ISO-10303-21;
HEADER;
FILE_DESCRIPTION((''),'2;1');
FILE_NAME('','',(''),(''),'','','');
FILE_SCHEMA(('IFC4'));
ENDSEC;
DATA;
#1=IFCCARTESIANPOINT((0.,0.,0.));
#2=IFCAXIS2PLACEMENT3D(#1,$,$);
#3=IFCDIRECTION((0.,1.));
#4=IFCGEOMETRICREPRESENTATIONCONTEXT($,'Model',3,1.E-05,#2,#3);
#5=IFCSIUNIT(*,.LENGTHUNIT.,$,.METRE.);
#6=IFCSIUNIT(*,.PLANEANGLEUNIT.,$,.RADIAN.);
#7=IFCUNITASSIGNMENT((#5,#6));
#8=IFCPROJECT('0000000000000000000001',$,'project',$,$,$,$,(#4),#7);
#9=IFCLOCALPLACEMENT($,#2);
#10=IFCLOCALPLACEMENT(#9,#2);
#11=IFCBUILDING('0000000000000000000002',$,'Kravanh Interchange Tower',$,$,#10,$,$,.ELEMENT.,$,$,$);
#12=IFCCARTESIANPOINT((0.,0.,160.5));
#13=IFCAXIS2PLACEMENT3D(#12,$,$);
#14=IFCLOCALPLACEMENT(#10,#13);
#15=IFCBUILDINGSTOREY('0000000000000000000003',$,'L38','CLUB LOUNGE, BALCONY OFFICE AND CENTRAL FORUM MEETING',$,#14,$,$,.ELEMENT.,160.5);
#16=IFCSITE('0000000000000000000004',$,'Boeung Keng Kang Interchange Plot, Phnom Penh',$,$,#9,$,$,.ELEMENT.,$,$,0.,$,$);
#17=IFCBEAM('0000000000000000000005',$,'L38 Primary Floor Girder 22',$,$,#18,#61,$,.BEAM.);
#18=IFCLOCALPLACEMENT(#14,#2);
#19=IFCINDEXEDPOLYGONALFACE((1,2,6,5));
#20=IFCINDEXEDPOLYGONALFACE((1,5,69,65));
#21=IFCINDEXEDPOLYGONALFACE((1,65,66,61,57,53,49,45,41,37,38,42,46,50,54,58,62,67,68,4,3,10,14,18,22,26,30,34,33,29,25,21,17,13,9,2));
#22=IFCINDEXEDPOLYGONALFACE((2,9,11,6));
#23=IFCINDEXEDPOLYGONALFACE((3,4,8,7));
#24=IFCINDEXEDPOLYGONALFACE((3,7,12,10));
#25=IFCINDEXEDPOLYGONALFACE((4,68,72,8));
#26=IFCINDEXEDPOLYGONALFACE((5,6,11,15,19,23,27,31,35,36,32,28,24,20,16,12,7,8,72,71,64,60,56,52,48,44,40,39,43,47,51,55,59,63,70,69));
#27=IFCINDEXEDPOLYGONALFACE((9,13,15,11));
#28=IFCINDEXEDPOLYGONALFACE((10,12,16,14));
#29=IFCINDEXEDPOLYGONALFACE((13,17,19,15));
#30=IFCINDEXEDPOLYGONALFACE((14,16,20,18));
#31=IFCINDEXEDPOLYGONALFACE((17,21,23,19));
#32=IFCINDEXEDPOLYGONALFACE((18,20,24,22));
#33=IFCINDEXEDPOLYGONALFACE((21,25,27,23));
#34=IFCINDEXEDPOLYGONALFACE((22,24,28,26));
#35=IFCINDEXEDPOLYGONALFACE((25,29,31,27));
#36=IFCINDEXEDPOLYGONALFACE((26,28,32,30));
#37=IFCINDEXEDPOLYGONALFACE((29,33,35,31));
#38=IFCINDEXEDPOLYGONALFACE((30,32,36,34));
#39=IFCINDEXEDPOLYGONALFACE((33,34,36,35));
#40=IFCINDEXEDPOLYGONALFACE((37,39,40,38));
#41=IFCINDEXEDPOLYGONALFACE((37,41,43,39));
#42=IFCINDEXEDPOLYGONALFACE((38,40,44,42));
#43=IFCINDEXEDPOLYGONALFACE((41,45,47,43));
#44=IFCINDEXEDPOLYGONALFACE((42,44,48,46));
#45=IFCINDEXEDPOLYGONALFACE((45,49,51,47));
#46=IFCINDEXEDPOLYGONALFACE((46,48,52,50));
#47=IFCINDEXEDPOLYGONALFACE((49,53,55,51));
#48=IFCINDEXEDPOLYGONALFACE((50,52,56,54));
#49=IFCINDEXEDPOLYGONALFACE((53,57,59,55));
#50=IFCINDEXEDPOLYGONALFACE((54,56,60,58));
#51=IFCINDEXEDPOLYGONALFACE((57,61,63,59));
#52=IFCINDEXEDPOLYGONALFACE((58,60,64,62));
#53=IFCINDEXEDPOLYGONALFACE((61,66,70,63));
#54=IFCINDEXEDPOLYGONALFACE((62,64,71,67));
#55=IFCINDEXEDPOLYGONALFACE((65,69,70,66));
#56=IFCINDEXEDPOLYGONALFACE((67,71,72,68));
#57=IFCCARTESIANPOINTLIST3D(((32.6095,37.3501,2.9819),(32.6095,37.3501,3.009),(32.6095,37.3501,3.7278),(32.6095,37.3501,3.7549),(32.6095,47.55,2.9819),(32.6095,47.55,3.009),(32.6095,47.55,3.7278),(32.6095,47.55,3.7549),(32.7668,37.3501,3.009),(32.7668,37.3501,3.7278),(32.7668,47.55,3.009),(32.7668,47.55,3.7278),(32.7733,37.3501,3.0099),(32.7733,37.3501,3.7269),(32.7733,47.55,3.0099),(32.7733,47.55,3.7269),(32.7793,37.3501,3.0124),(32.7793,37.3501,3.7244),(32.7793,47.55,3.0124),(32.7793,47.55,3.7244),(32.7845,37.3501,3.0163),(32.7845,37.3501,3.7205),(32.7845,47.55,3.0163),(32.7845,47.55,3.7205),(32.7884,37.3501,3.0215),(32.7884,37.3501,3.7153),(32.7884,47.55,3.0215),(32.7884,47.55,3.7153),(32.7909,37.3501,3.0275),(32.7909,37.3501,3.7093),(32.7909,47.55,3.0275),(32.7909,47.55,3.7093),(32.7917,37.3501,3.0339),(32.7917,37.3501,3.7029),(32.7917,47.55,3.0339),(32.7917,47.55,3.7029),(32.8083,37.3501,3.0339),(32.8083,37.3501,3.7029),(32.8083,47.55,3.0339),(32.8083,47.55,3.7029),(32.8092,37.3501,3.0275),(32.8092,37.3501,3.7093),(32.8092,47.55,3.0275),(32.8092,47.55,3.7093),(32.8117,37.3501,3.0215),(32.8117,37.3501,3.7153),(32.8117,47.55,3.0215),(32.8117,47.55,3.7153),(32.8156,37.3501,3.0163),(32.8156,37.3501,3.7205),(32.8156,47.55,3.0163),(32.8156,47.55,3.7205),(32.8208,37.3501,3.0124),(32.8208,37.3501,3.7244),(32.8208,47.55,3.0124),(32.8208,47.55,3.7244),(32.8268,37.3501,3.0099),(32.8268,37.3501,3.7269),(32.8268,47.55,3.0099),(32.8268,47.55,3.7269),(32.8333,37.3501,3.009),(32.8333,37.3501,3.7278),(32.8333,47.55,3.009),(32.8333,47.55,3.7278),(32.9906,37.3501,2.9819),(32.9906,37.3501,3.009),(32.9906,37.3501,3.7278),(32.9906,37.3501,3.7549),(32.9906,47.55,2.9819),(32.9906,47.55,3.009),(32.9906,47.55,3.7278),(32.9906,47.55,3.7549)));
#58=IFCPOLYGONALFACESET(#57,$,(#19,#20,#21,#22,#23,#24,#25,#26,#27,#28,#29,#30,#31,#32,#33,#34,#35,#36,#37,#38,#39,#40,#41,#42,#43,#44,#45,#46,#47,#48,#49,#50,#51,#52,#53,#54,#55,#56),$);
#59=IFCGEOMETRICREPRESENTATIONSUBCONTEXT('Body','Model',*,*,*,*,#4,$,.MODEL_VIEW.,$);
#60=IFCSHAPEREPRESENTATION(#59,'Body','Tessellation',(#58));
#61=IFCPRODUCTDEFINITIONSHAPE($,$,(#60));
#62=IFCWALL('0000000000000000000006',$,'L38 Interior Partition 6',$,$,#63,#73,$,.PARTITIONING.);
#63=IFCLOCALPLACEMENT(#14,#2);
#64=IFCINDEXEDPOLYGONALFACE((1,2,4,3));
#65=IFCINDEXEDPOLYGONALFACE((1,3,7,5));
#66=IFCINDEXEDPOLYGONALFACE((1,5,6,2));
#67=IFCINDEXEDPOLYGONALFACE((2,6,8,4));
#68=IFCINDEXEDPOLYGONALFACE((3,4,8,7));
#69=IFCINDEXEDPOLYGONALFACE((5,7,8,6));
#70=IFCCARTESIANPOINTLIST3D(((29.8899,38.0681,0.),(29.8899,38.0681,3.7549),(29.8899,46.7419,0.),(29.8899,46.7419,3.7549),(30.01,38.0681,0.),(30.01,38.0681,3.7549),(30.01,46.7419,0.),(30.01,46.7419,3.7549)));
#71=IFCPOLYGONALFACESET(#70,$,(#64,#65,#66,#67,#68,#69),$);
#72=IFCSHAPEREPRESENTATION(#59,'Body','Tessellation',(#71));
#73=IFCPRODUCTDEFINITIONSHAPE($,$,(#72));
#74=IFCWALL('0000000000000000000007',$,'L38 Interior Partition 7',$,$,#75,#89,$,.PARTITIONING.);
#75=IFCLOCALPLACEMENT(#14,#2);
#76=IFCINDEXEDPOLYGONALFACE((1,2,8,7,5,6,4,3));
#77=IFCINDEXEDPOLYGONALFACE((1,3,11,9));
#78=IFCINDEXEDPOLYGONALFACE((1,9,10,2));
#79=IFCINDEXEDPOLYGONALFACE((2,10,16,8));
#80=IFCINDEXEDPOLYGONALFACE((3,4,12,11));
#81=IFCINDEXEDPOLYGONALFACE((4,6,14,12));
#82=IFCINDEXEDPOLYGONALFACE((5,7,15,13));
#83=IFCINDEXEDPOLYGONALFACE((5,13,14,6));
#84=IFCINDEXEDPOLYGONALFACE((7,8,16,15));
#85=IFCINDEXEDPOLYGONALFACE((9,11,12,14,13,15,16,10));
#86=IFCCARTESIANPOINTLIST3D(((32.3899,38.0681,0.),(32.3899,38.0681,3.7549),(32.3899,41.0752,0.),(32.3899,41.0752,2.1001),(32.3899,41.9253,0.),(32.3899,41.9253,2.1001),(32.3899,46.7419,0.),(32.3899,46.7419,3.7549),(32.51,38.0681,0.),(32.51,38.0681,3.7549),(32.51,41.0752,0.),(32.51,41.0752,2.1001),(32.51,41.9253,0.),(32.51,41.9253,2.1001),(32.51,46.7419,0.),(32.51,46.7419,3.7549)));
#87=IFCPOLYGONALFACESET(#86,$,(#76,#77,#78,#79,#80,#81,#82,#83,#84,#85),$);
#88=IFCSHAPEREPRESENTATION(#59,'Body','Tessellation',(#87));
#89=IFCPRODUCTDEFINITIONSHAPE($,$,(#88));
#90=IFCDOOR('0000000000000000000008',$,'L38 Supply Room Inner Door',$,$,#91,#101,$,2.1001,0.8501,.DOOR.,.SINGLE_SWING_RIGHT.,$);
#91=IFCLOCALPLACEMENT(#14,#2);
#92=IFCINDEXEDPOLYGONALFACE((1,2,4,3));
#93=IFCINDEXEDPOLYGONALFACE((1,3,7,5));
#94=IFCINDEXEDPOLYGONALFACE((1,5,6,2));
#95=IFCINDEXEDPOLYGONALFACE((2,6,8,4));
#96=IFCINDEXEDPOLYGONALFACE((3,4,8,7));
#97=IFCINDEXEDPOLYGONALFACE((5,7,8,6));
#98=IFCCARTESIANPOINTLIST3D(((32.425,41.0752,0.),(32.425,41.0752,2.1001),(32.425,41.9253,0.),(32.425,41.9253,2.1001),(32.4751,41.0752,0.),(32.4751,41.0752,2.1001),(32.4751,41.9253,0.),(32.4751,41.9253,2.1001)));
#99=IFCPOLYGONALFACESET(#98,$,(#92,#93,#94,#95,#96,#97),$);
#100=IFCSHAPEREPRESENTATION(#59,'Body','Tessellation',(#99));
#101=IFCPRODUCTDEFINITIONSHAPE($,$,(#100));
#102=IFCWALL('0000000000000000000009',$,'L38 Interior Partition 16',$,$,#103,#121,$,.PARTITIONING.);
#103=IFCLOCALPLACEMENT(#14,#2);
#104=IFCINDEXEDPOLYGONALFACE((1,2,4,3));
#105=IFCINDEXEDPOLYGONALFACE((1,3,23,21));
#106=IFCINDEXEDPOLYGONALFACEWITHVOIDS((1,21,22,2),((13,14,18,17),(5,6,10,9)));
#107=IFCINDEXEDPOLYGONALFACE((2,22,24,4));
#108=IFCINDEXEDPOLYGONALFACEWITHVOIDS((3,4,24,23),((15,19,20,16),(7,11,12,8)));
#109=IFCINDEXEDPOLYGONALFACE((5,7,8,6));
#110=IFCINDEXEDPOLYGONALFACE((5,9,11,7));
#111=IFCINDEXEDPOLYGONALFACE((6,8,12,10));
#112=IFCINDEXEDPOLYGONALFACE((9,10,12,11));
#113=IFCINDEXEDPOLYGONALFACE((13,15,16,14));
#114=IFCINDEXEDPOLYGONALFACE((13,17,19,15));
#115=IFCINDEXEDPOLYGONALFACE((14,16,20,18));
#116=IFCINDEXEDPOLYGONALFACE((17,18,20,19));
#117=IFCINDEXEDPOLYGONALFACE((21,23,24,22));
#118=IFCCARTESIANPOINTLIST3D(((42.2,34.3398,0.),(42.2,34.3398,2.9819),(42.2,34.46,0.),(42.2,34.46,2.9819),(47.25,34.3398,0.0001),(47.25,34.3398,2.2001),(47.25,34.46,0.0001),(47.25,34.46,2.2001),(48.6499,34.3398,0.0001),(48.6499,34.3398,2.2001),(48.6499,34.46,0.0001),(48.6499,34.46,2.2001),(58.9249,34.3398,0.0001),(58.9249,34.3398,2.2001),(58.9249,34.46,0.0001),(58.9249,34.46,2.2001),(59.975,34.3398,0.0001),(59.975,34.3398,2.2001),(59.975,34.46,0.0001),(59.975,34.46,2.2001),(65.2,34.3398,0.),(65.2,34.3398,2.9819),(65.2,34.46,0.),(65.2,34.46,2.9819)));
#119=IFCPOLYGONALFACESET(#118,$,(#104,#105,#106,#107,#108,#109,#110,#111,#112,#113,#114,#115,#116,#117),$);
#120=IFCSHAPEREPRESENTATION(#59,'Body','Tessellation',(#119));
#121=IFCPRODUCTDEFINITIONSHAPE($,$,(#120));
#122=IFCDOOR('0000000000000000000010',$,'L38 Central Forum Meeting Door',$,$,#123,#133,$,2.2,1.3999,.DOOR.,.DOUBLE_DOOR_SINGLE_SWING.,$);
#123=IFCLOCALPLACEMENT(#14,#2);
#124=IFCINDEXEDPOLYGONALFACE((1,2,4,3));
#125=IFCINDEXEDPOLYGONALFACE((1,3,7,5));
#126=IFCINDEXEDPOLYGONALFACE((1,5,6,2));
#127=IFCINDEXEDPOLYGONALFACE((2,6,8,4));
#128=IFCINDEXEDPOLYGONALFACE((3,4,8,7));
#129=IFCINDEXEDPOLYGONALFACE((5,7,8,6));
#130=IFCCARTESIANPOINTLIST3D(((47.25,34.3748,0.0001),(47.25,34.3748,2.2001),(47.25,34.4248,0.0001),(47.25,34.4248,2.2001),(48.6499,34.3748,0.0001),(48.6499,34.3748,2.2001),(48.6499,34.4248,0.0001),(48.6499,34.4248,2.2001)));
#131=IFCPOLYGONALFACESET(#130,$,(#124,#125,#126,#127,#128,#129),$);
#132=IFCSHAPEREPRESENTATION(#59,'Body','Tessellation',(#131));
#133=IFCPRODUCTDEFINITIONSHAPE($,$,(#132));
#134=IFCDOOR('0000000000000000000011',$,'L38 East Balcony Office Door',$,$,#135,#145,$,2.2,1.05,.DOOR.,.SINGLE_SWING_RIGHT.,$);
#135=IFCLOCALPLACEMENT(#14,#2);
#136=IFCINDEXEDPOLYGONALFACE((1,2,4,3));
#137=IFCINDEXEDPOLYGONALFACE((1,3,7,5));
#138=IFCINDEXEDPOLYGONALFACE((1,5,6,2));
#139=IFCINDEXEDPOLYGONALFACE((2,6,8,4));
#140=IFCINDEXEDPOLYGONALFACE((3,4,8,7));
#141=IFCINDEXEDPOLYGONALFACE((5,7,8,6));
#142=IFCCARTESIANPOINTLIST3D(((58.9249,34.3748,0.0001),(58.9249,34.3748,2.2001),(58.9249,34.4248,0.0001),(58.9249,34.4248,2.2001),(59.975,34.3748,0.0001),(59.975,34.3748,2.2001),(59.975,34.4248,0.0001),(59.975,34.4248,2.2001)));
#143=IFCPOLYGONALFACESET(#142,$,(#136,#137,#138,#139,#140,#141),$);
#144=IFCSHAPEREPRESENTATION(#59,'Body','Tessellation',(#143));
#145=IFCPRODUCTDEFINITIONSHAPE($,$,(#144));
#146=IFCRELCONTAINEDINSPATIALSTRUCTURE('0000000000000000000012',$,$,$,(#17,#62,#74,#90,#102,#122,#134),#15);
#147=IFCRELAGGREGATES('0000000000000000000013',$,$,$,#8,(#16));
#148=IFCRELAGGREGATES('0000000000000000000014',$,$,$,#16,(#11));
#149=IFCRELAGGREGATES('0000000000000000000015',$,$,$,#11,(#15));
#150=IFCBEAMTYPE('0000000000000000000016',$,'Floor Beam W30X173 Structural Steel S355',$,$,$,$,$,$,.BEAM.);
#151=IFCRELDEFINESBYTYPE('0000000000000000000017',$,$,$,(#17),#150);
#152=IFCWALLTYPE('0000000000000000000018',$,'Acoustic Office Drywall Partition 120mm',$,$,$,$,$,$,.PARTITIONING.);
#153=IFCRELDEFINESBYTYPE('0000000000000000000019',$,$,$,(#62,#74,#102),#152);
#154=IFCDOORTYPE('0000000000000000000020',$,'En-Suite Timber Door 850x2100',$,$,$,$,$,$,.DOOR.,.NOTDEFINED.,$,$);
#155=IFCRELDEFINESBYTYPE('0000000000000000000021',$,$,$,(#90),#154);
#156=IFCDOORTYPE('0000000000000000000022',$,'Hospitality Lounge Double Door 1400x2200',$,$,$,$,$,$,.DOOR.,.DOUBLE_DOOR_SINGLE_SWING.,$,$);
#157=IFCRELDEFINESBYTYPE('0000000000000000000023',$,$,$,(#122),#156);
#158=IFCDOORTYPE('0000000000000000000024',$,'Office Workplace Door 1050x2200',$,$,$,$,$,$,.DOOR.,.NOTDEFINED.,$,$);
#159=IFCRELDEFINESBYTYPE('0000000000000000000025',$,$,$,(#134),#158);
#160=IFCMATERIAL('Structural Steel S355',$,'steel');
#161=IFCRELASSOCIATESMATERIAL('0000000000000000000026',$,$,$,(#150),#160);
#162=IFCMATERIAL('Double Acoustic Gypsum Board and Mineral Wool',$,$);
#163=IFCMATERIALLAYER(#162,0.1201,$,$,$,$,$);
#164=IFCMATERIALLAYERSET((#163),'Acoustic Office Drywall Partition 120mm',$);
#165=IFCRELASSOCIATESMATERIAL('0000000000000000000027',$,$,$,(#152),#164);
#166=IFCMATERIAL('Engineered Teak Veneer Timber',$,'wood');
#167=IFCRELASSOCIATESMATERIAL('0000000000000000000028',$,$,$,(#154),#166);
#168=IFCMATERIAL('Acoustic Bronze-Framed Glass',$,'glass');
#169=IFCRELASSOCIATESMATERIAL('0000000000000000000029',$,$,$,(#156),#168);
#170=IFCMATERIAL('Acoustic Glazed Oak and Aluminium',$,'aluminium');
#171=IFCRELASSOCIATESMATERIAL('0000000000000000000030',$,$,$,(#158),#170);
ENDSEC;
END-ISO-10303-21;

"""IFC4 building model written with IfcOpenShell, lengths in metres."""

from ifc_helpers import new_model, si_unit, direction, frame, frame_2d, origin, origin_2d, place, context, subcontext, project, spatial, rectangle, i_section, extrude, material, layer, layer_set, material_profile, profile_set, type_object, element, fill, save


model = new_model("IFC4")

# Units and contexts
model_context = context("Model", 3, precision=1e-05, world=origin(), true_north=direction((0.0, 1.0)))
body_context = subcontext(model_context, "Body", "Model", "MODEL_VIEW")
ifc_project = project(units=[si_unit("LENGTHUNIT", "METRE"), si_unit("PLANEANGLEUNIT", "RADIAN")], contexts=[model_context])

# Site, building, storey
site_placement = place(None, origin())
site = spatial("IfcSite", under=ifc_project, at=site_placement, Name="Boeung Keng Kang Interchange Plot, Phnom Penh", CompositionType="ELEMENT", RefElevation=0.0)
building_placement = place(site_placement, origin())
building = spatial("IfcBuilding", under=site, at=building_placement, Name="Kravanh Interchange Tower", CompositionType="ELEMENT")
storey_placement = place(building_placement, frame((0.0, 0.0, 160.5)))
storey = spatial("IfcBuildingStorey", under=building, at=storey_placement, Name="L38", Description="CLUB LOUNGE, BALCONY OFFICE AND CENTRAL FORUM MEETING", CompositionType="ELEMENT", Elevation=160.5)

# Beam
ifc_material_1 = material(Name="Structural Steel S355", Category="steel")
ifc_material_profile_1 = material_profile(ifc_material_1, i_section(OverallWidth=0.3811, OverallDepth=0.7729, WebThickness=0.0166, FlangeThickness=0.0271, FilletRadius=0.0249, at=origin_2d()), Name="W30X173")
ifc_profile_set_1 = profile_set([ifc_material_profile_1], Name="Structural Steel S355")
beam_type = type_object("IfcBeamType", Name="Floor Beam W30X173 Structural Steel S355", PredefinedType="BEAM", material=ifc_profile_set_1)
beam_1_placement = place(storey_placement, frame((32.8, 37.3501, 3.3684), z_axis=(0.0, 1.0, 0.0), x_axis=(-1.0, 0.0, 0.0)))
element("IfcBeam", 1, at=beam_1_placement, inside=storey, type_object=beam_type, Name="L38 Primary Floor Girder 22", PredefinedType="BEAM", context=body_context, shape_type="SweptSolid", body=[
    extrude(i_section(OverallWidth=0.3811, OverallDepth=0.7729, WebThickness=0.0166, FlangeThickness=0.0271, FilletRadius=0.0249, at=origin_2d()), origin(), (0.0, 0.0, 1.0), 10.2),
])

# Wall
ifc_material_2 = material(Name="Double Acoustic Gypsum Board and Mineral Wool")
ifc_layer_1 = layer(ifc_material_2, 0.1201)
ifc_layer_set_1 = layer_set([ifc_layer_1], Name="Acoustic Office Drywall Partition 120mm")
wall_type_1 = type_object("IfcWallType", Name="Acoustic Office Drywall Partition 120mm", PredefinedType="PARTITIONING", material=ifc_layer_set_1)
wall_1_placement = place(storey_placement, frame((29.95, 38.0681, 0.0), z_axis=(0.0, 0.0, 1.0), x_axis=(0.0, 1.0, 0.0)))
element("IfcWall", 2, at=wall_1_placement, inside=storey, type_object=wall_type_1, Name="L38 Interior Partition 6", PredefinedType="PARTITIONING", context=body_context, shape_type="SweptSolid", body=[
    extrude(rectangle(XDim=8.6738, YDim=0.1201, at=frame_2d((4.3369, 0.0))), origin(), (0.0, 0.0, 1.0), 3.7549),
])

# Wall, opening, door
wall_2_placement = place(storey_placement, frame((32.45, 38.0681, 0.0), z_axis=(0.0, 0.0, 1.0), x_axis=(0.0, 1.0, 0.0)))
wall_2 = element("IfcWall", 3, at=wall_2_placement, inside=storey, type_object=wall_type_1, Name="L38 Interior Partition 7", PredefinedType="PARTITIONING", context=body_context, shape_type="SweptSolid", body=[
    extrude(rectangle(XDim=8.6738, YDim=0.1201, at=frame_2d((4.3369, 0.0))), origin(), (0.0, 0.0, 1.0), 3.7549),
])
opening_1_placement = place(wall_2_placement, frame((3.0071, 0.0, 0.0)))
opening_1 = element("IfcOpeningElement", 4, at=opening_1_placement, cuts=wall_2, PredefinedType="OPENING", context=body_context, shape_type="SweptSolid", body=[
    extrude(rectangle(XDim=0.8501, YDim=2.1001, at=frame_2d((0.425, 1.05))), frame((0.0, 0.0701, 0.0), z_axis=(0.0, -1.0, 0.0), x_axis=(1.0, 0.0, 0.0)), (0.0, 0.0, 1.0), 0.1401),
])
ifc_material_3 = material(Name="Engineered Teak Veneer Timber", Category="wood")
door_type_1 = type_object("IfcDoorType", Name="En-Suite Timber Door 850x2100", OperationType="NOTDEFINED", PredefinedType="DOOR", material=ifc_material_3)
door_1_placement = place(opening_1_placement, origin())
door_1 = element("IfcDoor", 5, at=door_1_placement, inside=storey, type_object=door_type_1, Name="L38 Supply Room Inner Door", OperationType="SINGLE_SWING_RIGHT", OverallHeight=2.1001, OverallWidth=0.8501, PredefinedType="DOOR", context=body_context, shape_type="SweptSolid", body=[
    extrude(rectangle(XDim=0.8501, YDim=2.1001, at=frame_2d((0.425, 1.05))), frame((0.0, 0.0249, 0.0), z_axis=(0.0, -1.0, 0.0), x_axis=(1.0, 0.0, 0.0)), (0.0, 0.0, 1.0), 0.05),
])
fill(opening_1, door_1)

# Wall, openings, doors
wall_3_placement = place(storey_placement, frame((42.2, 34.3999, 0.0), z_axis=(0.0, 0.0, 1.0), x_axis=(1.0, 0.0, 0.0)))
wall_3 = element("IfcWall", 6, at=wall_3_placement, inside=storey, type_object=wall_type_1, Name="L38 Interior Partition 16", PredefinedType="PARTITIONING", context=body_context, shape_type="SweptSolid", body=[
    extrude(rectangle(XDim=23.0, YDim=0.1201, at=frame_2d((11.5, 0.0))), origin(), (0.0, 0.0, 1.0), 2.9819),
])
opening_2_placement = place(wall_3_placement, frame((5.05, 0.0, 0.0)))
opening_2 = element("IfcOpeningElement", 7, at=opening_2_placement, cuts=wall_3, PredefinedType="OPENING", context=body_context, shape_type="SweptSolid", body=[
    extrude(rectangle(XDim=1.3999, YDim=2.2, at=frame_2d((0.7, 1.1001))), frame((0.0, 0.0701, 0.0), z_axis=(0.0, -1.0, 0.0), x_axis=(1.0, 0.0, 0.0)), (0.0, 0.0, 1.0), 0.1401),
])
opening_3_placement = place(wall_3_placement, frame((16.7251, 0.0, 0.0)))
opening_3 = element("IfcOpeningElement", 8, at=opening_3_placement, cuts=wall_3, PredefinedType="OPENING", context=body_context, shape_type="SweptSolid", body=[
    extrude(rectangle(XDim=1.05, YDim=2.2, at=frame_2d((0.5249, 1.1001))), frame((0.0, 0.0701, 0.0), z_axis=(0.0, -1.0, 0.0), x_axis=(1.0, 0.0, 0.0)), (0.0, 0.0, 1.0), 0.1401),
])
ifc_material_4 = material(Name="Acoustic Bronze-Framed Glass", Category="glass")
door_type_2 = type_object("IfcDoorType", Name="Hospitality Lounge Double Door 1400x2200", OperationType="DOUBLE_DOOR_SINGLE_SWING", PredefinedType="DOOR", material=ifc_material_4)
door_2_placement = place(opening_2_placement, origin())
door_2 = element("IfcDoor", 9, at=door_2_placement, inside=storey, type_object=door_type_2, Name="L38 Central Forum Meeting Door", OperationType="DOUBLE_DOOR_SINGLE_SWING", OverallHeight=2.2, OverallWidth=1.3999, PredefinedType="DOOR", context=body_context, shape_type="SweptSolid", body=[
    extrude(rectangle(XDim=1.3999, YDim=2.2, at=frame_2d((0.7, 1.1001))), frame((0.0, 0.0249, 0.0), z_axis=(0.0, -1.0, 0.0), x_axis=(1.0, 0.0, 0.0)), (0.0, 0.0, 1.0), 0.05),
])
fill(opening_2, door_2)
ifc_material_5 = material(Name="Acoustic Glazed Oak and Aluminium", Category="aluminium")
door_type_3 = type_object("IfcDoorType", Name="Office Workplace Door 1050x2200", OperationType="NOTDEFINED", PredefinedType="DOOR", material=ifc_material_5)
door_3_placement = place(opening_3_placement, origin())
door_3 = element("IfcDoor", 10, at=door_3_placement, inside=storey, type_object=door_type_3, Name="L38 East Balcony Office Door", OperationType="SINGLE_SWING_RIGHT", OverallHeight=2.2, OverallWidth=1.05, PredefinedType="DOOR", context=body_context, shape_type="SweptSolid", body=[
    extrude(rectangle(XDim=1.05, YDim=2.2, at=frame_2d((0.5249, 1.1001))), frame((0.0, 0.0249, 0.0), z_axis=(0.0, -1.0, 0.0), x_axis=(1.0, 0.0, 0.0)), (0.0, 0.0, 1.0), 0.05),
])
fill(opening_3, door_3)

save(model, "model.ifc")
